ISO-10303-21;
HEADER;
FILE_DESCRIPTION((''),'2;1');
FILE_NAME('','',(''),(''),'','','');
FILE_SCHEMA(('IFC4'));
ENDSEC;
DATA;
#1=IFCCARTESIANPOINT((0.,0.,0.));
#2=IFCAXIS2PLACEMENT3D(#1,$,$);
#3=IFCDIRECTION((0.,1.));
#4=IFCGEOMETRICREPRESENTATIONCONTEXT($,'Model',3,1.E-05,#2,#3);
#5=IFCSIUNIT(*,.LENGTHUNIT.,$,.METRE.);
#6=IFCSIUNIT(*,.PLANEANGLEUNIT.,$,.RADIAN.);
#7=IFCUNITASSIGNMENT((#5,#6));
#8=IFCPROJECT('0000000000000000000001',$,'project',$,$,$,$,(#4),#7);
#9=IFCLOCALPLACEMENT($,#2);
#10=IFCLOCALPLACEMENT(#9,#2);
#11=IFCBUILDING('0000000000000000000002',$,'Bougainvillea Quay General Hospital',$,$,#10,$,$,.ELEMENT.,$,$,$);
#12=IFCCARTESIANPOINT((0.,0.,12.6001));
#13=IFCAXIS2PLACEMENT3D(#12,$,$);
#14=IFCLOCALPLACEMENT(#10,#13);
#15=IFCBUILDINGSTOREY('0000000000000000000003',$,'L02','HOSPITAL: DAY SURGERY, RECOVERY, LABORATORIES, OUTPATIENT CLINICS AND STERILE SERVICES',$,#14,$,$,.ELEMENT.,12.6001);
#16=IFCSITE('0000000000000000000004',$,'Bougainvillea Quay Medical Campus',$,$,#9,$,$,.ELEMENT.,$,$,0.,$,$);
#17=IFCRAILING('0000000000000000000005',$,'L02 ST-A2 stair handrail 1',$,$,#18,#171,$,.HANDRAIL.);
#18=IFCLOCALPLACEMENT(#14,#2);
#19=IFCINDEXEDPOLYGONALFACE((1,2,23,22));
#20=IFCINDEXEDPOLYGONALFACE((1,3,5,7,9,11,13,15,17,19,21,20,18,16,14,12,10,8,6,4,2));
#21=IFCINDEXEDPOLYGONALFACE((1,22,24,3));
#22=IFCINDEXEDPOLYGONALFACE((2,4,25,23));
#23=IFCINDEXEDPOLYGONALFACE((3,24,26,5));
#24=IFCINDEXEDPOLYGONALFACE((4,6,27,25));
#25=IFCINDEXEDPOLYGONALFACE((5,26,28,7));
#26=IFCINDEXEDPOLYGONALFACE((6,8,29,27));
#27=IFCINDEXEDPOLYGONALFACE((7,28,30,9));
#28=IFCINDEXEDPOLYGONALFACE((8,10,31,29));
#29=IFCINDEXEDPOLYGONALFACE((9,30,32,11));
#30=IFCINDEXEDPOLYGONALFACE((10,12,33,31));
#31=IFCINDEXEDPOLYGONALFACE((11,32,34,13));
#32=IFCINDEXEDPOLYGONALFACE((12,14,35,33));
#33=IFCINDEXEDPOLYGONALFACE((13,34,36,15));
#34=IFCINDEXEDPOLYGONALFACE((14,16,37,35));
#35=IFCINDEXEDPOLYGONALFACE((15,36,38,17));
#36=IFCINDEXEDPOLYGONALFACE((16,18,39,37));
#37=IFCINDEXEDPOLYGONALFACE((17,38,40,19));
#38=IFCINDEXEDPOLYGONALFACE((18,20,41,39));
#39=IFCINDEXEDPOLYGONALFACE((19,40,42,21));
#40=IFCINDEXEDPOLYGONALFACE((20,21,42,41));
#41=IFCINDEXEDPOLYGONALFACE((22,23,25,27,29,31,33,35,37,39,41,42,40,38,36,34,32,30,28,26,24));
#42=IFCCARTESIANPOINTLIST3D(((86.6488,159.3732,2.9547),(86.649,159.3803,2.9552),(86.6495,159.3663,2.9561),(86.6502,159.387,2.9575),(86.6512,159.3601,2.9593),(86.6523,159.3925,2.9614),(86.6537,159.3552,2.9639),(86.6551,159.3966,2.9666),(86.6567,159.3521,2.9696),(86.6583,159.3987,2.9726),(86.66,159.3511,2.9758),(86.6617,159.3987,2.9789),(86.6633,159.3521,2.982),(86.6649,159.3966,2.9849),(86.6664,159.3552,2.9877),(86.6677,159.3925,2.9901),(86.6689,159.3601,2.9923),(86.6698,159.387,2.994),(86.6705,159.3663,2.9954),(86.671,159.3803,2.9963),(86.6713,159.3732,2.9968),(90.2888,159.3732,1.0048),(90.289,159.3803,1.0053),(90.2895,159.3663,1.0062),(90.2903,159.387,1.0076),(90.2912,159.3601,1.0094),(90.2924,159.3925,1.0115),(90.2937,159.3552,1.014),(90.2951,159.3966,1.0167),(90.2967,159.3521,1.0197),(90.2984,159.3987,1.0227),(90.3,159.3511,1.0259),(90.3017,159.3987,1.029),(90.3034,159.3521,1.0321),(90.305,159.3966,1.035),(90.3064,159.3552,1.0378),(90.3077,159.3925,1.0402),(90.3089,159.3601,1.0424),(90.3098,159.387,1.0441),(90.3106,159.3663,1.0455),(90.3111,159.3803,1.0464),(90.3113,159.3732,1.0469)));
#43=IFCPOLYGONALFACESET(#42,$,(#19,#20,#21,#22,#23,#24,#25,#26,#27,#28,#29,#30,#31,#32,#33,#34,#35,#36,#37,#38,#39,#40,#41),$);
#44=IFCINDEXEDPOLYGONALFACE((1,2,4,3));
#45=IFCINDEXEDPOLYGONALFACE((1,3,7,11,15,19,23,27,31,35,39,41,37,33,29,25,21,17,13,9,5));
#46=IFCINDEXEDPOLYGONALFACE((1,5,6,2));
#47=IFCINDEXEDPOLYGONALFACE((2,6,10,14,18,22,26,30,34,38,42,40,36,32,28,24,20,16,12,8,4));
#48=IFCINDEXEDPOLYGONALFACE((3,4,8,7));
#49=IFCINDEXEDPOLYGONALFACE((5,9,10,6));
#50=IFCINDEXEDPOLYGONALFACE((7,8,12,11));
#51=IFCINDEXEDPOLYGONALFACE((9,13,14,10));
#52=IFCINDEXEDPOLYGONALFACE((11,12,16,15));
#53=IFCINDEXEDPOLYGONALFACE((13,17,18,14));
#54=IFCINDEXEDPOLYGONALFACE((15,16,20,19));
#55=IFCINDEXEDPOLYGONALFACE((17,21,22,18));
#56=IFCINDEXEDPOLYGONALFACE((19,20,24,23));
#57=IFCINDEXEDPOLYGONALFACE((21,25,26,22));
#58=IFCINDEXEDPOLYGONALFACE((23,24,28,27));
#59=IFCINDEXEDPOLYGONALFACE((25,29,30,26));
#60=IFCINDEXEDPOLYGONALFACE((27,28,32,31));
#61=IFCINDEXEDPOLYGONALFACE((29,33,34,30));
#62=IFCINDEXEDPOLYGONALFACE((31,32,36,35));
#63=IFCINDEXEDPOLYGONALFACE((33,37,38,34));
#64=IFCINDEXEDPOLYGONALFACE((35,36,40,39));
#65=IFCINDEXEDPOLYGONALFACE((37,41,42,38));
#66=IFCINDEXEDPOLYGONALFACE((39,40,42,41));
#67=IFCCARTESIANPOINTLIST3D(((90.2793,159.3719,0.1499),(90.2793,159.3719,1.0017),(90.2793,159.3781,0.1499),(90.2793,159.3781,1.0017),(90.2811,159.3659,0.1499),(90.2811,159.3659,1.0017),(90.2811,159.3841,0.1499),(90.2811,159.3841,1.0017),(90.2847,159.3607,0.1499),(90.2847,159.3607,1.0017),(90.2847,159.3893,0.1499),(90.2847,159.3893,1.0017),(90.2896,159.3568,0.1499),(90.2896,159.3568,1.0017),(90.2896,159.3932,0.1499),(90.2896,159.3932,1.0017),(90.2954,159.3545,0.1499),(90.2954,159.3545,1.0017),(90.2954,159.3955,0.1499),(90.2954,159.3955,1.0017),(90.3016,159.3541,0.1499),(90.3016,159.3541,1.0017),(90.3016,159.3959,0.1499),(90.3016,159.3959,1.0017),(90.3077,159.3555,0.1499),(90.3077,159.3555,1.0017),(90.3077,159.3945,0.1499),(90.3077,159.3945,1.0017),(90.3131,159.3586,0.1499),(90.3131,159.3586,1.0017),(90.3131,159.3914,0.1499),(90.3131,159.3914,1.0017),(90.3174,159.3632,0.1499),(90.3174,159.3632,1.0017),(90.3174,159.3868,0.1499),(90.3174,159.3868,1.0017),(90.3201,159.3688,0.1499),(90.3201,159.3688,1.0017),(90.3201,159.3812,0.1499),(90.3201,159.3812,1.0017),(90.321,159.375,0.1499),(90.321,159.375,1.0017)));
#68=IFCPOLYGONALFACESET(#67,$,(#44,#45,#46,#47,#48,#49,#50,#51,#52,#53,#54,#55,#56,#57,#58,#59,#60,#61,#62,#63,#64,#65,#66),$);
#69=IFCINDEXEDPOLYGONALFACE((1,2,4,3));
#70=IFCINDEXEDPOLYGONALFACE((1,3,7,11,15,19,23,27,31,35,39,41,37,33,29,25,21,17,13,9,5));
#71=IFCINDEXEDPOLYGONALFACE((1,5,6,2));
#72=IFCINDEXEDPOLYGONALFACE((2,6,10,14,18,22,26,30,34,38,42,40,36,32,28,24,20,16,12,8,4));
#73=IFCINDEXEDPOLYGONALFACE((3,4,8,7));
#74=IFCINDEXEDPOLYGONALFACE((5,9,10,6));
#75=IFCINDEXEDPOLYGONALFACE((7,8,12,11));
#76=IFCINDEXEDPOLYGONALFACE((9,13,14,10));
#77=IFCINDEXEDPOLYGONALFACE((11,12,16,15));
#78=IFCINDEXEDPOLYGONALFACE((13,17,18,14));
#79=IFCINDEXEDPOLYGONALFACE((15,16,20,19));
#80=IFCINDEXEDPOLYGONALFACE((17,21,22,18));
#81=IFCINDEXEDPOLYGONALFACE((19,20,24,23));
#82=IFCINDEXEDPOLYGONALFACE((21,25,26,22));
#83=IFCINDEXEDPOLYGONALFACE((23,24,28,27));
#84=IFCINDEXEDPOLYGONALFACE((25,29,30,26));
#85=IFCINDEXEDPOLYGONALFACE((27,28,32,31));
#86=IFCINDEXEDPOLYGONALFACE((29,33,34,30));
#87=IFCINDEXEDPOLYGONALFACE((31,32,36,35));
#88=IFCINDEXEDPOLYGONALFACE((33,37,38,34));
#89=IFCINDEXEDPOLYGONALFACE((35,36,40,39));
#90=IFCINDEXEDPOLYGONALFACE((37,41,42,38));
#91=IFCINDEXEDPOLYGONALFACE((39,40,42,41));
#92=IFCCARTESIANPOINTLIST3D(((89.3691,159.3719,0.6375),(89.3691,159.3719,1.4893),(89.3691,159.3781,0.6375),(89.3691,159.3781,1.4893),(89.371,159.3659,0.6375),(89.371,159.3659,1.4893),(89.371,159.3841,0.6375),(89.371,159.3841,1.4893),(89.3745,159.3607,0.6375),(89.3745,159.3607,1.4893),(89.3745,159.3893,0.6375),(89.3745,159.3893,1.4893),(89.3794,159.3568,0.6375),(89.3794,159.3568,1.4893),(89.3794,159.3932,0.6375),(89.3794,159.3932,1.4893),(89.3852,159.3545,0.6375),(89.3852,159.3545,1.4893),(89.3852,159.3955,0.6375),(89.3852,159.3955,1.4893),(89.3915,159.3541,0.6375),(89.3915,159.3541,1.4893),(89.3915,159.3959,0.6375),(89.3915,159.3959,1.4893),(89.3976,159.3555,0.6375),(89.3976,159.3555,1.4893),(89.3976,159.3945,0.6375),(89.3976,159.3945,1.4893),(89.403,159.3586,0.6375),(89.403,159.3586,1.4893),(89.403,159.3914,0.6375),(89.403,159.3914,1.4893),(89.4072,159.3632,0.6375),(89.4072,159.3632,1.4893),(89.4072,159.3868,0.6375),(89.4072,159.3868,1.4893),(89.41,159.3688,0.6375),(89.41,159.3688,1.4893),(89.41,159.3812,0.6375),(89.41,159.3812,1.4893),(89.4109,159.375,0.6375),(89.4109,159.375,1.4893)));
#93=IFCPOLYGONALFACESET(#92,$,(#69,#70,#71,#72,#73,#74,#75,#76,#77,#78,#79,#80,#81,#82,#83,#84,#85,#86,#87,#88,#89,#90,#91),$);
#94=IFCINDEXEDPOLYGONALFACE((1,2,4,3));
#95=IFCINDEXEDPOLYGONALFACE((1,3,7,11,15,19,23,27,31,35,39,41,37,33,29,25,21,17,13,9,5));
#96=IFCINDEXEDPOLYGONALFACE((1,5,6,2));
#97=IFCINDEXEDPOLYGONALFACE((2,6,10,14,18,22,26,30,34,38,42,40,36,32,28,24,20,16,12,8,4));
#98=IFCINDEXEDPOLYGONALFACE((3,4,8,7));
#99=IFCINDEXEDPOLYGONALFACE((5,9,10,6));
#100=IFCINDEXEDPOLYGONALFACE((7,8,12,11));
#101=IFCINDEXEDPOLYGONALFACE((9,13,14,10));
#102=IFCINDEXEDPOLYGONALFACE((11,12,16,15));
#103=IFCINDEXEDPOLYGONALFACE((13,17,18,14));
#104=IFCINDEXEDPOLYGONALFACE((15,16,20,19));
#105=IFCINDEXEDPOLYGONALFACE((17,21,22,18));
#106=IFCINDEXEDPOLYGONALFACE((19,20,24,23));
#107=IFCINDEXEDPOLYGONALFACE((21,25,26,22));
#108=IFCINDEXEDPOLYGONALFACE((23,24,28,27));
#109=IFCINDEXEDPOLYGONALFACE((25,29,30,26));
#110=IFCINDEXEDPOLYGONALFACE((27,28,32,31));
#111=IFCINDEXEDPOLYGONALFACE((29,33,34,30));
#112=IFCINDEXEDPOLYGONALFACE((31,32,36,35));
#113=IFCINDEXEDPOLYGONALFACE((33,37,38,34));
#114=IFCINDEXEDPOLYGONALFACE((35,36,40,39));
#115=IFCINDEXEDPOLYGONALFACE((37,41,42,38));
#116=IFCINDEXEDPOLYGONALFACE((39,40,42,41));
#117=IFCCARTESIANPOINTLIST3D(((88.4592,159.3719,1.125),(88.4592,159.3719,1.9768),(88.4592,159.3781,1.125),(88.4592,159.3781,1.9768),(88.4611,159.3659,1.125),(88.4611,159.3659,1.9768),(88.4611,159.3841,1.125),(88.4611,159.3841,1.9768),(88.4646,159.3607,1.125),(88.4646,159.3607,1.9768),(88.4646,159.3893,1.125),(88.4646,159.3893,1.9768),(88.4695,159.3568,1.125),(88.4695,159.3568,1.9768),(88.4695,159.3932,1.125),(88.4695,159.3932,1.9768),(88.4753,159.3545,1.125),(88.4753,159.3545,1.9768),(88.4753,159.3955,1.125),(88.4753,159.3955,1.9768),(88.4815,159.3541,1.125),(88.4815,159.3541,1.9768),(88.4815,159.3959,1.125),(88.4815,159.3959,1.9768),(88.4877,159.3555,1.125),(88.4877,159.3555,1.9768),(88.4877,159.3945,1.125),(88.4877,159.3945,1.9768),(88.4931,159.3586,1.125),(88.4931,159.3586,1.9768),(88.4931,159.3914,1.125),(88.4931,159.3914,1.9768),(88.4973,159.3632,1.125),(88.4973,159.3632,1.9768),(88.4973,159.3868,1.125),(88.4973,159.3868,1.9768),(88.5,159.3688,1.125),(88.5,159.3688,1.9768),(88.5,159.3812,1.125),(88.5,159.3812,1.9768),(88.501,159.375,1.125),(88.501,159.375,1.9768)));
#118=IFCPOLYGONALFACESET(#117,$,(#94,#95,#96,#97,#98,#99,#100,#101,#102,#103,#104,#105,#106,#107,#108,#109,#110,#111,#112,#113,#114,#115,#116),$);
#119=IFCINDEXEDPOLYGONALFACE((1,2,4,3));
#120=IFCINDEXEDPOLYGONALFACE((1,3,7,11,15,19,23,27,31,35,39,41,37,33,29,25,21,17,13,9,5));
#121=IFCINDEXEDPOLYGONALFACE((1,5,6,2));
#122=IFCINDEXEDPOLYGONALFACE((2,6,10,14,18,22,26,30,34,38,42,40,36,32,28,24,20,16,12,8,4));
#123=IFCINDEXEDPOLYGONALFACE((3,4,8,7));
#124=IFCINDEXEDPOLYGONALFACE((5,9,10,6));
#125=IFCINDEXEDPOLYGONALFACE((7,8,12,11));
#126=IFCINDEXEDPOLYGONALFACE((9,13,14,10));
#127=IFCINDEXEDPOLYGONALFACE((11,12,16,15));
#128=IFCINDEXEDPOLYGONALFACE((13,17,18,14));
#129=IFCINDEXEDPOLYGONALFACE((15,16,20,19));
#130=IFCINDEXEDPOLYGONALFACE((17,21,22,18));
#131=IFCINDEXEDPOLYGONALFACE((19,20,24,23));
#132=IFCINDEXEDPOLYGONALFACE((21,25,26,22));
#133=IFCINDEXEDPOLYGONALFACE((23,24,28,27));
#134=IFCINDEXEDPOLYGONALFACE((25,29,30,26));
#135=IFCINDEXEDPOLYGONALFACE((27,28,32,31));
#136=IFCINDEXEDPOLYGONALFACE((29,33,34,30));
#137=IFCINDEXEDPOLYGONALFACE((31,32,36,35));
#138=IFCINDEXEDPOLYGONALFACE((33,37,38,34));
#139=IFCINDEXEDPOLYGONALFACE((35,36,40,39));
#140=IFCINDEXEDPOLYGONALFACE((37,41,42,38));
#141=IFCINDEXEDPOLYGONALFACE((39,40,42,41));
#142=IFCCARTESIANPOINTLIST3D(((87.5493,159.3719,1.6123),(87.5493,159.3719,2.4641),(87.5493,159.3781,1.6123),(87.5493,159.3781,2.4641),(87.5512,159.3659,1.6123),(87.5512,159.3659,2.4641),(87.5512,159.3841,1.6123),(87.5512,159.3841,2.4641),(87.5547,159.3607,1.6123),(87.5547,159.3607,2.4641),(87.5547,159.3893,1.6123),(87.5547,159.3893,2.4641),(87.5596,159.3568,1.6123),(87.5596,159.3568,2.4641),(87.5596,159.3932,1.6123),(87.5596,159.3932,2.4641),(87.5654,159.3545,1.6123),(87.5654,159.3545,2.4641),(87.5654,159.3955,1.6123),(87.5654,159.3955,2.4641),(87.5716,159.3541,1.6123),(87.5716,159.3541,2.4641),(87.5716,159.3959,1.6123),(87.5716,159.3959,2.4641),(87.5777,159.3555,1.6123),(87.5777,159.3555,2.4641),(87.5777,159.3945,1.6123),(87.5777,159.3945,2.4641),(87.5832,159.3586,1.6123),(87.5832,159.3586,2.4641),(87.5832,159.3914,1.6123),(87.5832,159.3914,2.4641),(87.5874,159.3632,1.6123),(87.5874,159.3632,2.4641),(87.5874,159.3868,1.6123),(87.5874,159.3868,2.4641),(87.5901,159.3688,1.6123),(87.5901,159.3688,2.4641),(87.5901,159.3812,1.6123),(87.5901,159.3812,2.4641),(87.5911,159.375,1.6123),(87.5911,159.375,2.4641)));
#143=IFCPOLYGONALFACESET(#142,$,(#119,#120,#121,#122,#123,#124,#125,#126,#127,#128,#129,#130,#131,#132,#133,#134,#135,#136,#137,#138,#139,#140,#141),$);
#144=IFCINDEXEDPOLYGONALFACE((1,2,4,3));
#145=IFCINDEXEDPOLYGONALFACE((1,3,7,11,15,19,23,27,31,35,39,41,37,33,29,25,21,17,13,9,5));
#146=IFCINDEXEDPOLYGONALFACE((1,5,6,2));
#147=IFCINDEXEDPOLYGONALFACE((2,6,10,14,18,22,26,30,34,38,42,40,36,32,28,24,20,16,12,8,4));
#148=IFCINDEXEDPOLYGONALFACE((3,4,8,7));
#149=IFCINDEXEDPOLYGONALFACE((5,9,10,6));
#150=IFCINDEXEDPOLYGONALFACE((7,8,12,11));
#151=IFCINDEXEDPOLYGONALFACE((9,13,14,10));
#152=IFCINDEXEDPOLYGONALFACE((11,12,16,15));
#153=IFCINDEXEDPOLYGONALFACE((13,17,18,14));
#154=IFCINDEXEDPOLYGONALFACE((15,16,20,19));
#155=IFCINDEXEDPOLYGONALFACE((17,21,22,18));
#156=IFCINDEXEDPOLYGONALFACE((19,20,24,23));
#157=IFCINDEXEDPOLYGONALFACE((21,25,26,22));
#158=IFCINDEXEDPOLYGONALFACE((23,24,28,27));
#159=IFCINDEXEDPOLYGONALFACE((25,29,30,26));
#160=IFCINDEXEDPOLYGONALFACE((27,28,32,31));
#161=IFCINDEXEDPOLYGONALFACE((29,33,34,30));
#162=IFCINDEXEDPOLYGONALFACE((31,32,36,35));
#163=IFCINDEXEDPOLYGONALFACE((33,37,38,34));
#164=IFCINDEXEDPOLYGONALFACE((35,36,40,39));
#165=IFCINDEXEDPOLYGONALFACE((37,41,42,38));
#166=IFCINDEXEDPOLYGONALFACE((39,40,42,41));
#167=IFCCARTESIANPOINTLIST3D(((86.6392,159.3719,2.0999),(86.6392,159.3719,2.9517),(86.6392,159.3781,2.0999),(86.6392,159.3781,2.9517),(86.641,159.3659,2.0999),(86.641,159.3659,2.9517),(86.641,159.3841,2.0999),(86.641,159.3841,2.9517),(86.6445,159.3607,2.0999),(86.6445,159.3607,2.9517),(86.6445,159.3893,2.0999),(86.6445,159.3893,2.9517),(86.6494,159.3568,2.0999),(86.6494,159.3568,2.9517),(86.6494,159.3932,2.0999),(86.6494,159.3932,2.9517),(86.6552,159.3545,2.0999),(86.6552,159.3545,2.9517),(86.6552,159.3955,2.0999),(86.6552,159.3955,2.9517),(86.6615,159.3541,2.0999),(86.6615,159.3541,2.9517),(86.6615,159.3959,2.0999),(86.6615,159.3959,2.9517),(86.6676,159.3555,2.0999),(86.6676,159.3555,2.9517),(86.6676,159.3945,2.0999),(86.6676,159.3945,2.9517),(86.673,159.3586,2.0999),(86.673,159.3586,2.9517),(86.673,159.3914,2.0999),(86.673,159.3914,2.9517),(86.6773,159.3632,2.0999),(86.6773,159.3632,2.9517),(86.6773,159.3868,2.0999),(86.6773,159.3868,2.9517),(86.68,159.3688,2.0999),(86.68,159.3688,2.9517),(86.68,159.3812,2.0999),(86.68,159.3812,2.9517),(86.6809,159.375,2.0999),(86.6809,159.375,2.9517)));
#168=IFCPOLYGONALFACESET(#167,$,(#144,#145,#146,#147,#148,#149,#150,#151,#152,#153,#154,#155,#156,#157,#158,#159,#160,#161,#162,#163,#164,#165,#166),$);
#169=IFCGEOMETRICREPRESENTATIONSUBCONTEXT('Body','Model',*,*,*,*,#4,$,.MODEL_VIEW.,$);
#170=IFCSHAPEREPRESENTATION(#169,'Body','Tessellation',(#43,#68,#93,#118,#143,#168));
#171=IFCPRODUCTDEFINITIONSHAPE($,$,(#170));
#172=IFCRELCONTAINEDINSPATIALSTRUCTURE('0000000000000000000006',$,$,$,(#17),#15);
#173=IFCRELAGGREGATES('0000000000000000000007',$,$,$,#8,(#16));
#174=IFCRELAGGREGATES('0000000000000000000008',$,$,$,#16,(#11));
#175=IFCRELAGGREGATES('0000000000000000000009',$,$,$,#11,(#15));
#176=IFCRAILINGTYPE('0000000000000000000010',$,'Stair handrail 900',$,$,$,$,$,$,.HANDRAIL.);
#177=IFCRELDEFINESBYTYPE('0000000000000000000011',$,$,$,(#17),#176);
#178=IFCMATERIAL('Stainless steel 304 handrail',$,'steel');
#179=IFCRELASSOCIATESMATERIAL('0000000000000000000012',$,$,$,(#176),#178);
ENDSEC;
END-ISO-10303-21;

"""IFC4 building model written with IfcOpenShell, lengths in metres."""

from ifc_helpers import new_model, si_unit, direction, frame, origin, origin_2d, place, context, subcontext, project, spatial, circle, extrude, material, type_object, element, save


model = new_model("IFC4")

# Units and contexts
model_context = context("Model", 3, precision=1e-05, world=origin(), true_north=direction((0.0, 1.0)))
body_context = subcontext(model_context, "Body", "Model", "MODEL_VIEW")
ifc_project = project(units=[si_unit("LENGTHUNIT", "METRE"), si_unit("PLANEANGLEUNIT", "RADIAN")], contexts=[model_context])

# Site, building, storey
site_placement = place(None, origin())
site = spatial("IfcSite", under=ifc_project, at=site_placement, Name="Bougainvillea Quay Medical Campus", CompositionType="ELEMENT", RefElevation=0.0)
building_placement = place(site_placement, origin())
building = spatial("IfcBuilding", under=site, at=building_placement, Name="Bougainvillea Quay General Hospital", CompositionType="ELEMENT")
storey_placement = place(building_placement, frame((0.0, 0.0, 12.6001)))
storey = spatial("IfcBuildingStorey", under=building, at=storey_placement, Name="L02", Description="HOSPITAL: DAY SURGERY, RECOVERY, LABORATORIES, OUTPATIENT CLINICS AND STERILE SERVICES", CompositionType="ELEMENT", Elevation=12.6001)

# Railing
ifc_material_1 = material(Name="Stainless steel 304 handrail", Category="steel")
railing_type_1 = type_object("IfcRailingType", Name="Stair handrail 900", PredefinedType="HANDRAIL", material=ifc_material_1)
railing_1_placement = place(storey_placement, frame((90.3, 159.375, 0.1499)))
element("IfcRailing", 1, at=railing_1_placement, inside=storey, type_object=railing_type_1, Name="L02 ST-A2 stair handrail 1", PredefinedType="HANDRAIL", context=body_context, shape_type="SweptSolid", body=[
    extrude(circle(Radius=0.0239, at=origin_2d()), frame((0.0, 0.0, 0.876), z_axis=(-0.881492, 0.0, 0.472198), x_axis=(0.0, -1.0, 0.0)), (0.0, 0.0, 1.0), 4.1294),
    extrude(circle(Radius=0.021, at=origin_2d()), origin(), (0.0, 0.0, 1.0), 0.8518),
    extrude(circle(Radius=0.021, at=origin_2d()), frame((-0.9102, 0.0, 0.4875)), (0.0, 0.0, 1.0), 0.8518),
    extrude(circle(Radius=0.021, at=origin_2d()), frame((-1.8201, 0.0, 0.9751)), (0.0, 0.0, 1.0), 0.8518),
    extrude(circle(Radius=0.021, at=origin_2d()), frame((-2.73, 0.0, 1.4624)), (0.0, 0.0, 1.0), 0.8518),
    extrude(circle(Radius=0.021, at=origin_2d()), frame((-3.6401, 0.0, 1.95)), (0.0, 0.0, 1.0), 0.8518),
])

save(model, "model.ifc")
